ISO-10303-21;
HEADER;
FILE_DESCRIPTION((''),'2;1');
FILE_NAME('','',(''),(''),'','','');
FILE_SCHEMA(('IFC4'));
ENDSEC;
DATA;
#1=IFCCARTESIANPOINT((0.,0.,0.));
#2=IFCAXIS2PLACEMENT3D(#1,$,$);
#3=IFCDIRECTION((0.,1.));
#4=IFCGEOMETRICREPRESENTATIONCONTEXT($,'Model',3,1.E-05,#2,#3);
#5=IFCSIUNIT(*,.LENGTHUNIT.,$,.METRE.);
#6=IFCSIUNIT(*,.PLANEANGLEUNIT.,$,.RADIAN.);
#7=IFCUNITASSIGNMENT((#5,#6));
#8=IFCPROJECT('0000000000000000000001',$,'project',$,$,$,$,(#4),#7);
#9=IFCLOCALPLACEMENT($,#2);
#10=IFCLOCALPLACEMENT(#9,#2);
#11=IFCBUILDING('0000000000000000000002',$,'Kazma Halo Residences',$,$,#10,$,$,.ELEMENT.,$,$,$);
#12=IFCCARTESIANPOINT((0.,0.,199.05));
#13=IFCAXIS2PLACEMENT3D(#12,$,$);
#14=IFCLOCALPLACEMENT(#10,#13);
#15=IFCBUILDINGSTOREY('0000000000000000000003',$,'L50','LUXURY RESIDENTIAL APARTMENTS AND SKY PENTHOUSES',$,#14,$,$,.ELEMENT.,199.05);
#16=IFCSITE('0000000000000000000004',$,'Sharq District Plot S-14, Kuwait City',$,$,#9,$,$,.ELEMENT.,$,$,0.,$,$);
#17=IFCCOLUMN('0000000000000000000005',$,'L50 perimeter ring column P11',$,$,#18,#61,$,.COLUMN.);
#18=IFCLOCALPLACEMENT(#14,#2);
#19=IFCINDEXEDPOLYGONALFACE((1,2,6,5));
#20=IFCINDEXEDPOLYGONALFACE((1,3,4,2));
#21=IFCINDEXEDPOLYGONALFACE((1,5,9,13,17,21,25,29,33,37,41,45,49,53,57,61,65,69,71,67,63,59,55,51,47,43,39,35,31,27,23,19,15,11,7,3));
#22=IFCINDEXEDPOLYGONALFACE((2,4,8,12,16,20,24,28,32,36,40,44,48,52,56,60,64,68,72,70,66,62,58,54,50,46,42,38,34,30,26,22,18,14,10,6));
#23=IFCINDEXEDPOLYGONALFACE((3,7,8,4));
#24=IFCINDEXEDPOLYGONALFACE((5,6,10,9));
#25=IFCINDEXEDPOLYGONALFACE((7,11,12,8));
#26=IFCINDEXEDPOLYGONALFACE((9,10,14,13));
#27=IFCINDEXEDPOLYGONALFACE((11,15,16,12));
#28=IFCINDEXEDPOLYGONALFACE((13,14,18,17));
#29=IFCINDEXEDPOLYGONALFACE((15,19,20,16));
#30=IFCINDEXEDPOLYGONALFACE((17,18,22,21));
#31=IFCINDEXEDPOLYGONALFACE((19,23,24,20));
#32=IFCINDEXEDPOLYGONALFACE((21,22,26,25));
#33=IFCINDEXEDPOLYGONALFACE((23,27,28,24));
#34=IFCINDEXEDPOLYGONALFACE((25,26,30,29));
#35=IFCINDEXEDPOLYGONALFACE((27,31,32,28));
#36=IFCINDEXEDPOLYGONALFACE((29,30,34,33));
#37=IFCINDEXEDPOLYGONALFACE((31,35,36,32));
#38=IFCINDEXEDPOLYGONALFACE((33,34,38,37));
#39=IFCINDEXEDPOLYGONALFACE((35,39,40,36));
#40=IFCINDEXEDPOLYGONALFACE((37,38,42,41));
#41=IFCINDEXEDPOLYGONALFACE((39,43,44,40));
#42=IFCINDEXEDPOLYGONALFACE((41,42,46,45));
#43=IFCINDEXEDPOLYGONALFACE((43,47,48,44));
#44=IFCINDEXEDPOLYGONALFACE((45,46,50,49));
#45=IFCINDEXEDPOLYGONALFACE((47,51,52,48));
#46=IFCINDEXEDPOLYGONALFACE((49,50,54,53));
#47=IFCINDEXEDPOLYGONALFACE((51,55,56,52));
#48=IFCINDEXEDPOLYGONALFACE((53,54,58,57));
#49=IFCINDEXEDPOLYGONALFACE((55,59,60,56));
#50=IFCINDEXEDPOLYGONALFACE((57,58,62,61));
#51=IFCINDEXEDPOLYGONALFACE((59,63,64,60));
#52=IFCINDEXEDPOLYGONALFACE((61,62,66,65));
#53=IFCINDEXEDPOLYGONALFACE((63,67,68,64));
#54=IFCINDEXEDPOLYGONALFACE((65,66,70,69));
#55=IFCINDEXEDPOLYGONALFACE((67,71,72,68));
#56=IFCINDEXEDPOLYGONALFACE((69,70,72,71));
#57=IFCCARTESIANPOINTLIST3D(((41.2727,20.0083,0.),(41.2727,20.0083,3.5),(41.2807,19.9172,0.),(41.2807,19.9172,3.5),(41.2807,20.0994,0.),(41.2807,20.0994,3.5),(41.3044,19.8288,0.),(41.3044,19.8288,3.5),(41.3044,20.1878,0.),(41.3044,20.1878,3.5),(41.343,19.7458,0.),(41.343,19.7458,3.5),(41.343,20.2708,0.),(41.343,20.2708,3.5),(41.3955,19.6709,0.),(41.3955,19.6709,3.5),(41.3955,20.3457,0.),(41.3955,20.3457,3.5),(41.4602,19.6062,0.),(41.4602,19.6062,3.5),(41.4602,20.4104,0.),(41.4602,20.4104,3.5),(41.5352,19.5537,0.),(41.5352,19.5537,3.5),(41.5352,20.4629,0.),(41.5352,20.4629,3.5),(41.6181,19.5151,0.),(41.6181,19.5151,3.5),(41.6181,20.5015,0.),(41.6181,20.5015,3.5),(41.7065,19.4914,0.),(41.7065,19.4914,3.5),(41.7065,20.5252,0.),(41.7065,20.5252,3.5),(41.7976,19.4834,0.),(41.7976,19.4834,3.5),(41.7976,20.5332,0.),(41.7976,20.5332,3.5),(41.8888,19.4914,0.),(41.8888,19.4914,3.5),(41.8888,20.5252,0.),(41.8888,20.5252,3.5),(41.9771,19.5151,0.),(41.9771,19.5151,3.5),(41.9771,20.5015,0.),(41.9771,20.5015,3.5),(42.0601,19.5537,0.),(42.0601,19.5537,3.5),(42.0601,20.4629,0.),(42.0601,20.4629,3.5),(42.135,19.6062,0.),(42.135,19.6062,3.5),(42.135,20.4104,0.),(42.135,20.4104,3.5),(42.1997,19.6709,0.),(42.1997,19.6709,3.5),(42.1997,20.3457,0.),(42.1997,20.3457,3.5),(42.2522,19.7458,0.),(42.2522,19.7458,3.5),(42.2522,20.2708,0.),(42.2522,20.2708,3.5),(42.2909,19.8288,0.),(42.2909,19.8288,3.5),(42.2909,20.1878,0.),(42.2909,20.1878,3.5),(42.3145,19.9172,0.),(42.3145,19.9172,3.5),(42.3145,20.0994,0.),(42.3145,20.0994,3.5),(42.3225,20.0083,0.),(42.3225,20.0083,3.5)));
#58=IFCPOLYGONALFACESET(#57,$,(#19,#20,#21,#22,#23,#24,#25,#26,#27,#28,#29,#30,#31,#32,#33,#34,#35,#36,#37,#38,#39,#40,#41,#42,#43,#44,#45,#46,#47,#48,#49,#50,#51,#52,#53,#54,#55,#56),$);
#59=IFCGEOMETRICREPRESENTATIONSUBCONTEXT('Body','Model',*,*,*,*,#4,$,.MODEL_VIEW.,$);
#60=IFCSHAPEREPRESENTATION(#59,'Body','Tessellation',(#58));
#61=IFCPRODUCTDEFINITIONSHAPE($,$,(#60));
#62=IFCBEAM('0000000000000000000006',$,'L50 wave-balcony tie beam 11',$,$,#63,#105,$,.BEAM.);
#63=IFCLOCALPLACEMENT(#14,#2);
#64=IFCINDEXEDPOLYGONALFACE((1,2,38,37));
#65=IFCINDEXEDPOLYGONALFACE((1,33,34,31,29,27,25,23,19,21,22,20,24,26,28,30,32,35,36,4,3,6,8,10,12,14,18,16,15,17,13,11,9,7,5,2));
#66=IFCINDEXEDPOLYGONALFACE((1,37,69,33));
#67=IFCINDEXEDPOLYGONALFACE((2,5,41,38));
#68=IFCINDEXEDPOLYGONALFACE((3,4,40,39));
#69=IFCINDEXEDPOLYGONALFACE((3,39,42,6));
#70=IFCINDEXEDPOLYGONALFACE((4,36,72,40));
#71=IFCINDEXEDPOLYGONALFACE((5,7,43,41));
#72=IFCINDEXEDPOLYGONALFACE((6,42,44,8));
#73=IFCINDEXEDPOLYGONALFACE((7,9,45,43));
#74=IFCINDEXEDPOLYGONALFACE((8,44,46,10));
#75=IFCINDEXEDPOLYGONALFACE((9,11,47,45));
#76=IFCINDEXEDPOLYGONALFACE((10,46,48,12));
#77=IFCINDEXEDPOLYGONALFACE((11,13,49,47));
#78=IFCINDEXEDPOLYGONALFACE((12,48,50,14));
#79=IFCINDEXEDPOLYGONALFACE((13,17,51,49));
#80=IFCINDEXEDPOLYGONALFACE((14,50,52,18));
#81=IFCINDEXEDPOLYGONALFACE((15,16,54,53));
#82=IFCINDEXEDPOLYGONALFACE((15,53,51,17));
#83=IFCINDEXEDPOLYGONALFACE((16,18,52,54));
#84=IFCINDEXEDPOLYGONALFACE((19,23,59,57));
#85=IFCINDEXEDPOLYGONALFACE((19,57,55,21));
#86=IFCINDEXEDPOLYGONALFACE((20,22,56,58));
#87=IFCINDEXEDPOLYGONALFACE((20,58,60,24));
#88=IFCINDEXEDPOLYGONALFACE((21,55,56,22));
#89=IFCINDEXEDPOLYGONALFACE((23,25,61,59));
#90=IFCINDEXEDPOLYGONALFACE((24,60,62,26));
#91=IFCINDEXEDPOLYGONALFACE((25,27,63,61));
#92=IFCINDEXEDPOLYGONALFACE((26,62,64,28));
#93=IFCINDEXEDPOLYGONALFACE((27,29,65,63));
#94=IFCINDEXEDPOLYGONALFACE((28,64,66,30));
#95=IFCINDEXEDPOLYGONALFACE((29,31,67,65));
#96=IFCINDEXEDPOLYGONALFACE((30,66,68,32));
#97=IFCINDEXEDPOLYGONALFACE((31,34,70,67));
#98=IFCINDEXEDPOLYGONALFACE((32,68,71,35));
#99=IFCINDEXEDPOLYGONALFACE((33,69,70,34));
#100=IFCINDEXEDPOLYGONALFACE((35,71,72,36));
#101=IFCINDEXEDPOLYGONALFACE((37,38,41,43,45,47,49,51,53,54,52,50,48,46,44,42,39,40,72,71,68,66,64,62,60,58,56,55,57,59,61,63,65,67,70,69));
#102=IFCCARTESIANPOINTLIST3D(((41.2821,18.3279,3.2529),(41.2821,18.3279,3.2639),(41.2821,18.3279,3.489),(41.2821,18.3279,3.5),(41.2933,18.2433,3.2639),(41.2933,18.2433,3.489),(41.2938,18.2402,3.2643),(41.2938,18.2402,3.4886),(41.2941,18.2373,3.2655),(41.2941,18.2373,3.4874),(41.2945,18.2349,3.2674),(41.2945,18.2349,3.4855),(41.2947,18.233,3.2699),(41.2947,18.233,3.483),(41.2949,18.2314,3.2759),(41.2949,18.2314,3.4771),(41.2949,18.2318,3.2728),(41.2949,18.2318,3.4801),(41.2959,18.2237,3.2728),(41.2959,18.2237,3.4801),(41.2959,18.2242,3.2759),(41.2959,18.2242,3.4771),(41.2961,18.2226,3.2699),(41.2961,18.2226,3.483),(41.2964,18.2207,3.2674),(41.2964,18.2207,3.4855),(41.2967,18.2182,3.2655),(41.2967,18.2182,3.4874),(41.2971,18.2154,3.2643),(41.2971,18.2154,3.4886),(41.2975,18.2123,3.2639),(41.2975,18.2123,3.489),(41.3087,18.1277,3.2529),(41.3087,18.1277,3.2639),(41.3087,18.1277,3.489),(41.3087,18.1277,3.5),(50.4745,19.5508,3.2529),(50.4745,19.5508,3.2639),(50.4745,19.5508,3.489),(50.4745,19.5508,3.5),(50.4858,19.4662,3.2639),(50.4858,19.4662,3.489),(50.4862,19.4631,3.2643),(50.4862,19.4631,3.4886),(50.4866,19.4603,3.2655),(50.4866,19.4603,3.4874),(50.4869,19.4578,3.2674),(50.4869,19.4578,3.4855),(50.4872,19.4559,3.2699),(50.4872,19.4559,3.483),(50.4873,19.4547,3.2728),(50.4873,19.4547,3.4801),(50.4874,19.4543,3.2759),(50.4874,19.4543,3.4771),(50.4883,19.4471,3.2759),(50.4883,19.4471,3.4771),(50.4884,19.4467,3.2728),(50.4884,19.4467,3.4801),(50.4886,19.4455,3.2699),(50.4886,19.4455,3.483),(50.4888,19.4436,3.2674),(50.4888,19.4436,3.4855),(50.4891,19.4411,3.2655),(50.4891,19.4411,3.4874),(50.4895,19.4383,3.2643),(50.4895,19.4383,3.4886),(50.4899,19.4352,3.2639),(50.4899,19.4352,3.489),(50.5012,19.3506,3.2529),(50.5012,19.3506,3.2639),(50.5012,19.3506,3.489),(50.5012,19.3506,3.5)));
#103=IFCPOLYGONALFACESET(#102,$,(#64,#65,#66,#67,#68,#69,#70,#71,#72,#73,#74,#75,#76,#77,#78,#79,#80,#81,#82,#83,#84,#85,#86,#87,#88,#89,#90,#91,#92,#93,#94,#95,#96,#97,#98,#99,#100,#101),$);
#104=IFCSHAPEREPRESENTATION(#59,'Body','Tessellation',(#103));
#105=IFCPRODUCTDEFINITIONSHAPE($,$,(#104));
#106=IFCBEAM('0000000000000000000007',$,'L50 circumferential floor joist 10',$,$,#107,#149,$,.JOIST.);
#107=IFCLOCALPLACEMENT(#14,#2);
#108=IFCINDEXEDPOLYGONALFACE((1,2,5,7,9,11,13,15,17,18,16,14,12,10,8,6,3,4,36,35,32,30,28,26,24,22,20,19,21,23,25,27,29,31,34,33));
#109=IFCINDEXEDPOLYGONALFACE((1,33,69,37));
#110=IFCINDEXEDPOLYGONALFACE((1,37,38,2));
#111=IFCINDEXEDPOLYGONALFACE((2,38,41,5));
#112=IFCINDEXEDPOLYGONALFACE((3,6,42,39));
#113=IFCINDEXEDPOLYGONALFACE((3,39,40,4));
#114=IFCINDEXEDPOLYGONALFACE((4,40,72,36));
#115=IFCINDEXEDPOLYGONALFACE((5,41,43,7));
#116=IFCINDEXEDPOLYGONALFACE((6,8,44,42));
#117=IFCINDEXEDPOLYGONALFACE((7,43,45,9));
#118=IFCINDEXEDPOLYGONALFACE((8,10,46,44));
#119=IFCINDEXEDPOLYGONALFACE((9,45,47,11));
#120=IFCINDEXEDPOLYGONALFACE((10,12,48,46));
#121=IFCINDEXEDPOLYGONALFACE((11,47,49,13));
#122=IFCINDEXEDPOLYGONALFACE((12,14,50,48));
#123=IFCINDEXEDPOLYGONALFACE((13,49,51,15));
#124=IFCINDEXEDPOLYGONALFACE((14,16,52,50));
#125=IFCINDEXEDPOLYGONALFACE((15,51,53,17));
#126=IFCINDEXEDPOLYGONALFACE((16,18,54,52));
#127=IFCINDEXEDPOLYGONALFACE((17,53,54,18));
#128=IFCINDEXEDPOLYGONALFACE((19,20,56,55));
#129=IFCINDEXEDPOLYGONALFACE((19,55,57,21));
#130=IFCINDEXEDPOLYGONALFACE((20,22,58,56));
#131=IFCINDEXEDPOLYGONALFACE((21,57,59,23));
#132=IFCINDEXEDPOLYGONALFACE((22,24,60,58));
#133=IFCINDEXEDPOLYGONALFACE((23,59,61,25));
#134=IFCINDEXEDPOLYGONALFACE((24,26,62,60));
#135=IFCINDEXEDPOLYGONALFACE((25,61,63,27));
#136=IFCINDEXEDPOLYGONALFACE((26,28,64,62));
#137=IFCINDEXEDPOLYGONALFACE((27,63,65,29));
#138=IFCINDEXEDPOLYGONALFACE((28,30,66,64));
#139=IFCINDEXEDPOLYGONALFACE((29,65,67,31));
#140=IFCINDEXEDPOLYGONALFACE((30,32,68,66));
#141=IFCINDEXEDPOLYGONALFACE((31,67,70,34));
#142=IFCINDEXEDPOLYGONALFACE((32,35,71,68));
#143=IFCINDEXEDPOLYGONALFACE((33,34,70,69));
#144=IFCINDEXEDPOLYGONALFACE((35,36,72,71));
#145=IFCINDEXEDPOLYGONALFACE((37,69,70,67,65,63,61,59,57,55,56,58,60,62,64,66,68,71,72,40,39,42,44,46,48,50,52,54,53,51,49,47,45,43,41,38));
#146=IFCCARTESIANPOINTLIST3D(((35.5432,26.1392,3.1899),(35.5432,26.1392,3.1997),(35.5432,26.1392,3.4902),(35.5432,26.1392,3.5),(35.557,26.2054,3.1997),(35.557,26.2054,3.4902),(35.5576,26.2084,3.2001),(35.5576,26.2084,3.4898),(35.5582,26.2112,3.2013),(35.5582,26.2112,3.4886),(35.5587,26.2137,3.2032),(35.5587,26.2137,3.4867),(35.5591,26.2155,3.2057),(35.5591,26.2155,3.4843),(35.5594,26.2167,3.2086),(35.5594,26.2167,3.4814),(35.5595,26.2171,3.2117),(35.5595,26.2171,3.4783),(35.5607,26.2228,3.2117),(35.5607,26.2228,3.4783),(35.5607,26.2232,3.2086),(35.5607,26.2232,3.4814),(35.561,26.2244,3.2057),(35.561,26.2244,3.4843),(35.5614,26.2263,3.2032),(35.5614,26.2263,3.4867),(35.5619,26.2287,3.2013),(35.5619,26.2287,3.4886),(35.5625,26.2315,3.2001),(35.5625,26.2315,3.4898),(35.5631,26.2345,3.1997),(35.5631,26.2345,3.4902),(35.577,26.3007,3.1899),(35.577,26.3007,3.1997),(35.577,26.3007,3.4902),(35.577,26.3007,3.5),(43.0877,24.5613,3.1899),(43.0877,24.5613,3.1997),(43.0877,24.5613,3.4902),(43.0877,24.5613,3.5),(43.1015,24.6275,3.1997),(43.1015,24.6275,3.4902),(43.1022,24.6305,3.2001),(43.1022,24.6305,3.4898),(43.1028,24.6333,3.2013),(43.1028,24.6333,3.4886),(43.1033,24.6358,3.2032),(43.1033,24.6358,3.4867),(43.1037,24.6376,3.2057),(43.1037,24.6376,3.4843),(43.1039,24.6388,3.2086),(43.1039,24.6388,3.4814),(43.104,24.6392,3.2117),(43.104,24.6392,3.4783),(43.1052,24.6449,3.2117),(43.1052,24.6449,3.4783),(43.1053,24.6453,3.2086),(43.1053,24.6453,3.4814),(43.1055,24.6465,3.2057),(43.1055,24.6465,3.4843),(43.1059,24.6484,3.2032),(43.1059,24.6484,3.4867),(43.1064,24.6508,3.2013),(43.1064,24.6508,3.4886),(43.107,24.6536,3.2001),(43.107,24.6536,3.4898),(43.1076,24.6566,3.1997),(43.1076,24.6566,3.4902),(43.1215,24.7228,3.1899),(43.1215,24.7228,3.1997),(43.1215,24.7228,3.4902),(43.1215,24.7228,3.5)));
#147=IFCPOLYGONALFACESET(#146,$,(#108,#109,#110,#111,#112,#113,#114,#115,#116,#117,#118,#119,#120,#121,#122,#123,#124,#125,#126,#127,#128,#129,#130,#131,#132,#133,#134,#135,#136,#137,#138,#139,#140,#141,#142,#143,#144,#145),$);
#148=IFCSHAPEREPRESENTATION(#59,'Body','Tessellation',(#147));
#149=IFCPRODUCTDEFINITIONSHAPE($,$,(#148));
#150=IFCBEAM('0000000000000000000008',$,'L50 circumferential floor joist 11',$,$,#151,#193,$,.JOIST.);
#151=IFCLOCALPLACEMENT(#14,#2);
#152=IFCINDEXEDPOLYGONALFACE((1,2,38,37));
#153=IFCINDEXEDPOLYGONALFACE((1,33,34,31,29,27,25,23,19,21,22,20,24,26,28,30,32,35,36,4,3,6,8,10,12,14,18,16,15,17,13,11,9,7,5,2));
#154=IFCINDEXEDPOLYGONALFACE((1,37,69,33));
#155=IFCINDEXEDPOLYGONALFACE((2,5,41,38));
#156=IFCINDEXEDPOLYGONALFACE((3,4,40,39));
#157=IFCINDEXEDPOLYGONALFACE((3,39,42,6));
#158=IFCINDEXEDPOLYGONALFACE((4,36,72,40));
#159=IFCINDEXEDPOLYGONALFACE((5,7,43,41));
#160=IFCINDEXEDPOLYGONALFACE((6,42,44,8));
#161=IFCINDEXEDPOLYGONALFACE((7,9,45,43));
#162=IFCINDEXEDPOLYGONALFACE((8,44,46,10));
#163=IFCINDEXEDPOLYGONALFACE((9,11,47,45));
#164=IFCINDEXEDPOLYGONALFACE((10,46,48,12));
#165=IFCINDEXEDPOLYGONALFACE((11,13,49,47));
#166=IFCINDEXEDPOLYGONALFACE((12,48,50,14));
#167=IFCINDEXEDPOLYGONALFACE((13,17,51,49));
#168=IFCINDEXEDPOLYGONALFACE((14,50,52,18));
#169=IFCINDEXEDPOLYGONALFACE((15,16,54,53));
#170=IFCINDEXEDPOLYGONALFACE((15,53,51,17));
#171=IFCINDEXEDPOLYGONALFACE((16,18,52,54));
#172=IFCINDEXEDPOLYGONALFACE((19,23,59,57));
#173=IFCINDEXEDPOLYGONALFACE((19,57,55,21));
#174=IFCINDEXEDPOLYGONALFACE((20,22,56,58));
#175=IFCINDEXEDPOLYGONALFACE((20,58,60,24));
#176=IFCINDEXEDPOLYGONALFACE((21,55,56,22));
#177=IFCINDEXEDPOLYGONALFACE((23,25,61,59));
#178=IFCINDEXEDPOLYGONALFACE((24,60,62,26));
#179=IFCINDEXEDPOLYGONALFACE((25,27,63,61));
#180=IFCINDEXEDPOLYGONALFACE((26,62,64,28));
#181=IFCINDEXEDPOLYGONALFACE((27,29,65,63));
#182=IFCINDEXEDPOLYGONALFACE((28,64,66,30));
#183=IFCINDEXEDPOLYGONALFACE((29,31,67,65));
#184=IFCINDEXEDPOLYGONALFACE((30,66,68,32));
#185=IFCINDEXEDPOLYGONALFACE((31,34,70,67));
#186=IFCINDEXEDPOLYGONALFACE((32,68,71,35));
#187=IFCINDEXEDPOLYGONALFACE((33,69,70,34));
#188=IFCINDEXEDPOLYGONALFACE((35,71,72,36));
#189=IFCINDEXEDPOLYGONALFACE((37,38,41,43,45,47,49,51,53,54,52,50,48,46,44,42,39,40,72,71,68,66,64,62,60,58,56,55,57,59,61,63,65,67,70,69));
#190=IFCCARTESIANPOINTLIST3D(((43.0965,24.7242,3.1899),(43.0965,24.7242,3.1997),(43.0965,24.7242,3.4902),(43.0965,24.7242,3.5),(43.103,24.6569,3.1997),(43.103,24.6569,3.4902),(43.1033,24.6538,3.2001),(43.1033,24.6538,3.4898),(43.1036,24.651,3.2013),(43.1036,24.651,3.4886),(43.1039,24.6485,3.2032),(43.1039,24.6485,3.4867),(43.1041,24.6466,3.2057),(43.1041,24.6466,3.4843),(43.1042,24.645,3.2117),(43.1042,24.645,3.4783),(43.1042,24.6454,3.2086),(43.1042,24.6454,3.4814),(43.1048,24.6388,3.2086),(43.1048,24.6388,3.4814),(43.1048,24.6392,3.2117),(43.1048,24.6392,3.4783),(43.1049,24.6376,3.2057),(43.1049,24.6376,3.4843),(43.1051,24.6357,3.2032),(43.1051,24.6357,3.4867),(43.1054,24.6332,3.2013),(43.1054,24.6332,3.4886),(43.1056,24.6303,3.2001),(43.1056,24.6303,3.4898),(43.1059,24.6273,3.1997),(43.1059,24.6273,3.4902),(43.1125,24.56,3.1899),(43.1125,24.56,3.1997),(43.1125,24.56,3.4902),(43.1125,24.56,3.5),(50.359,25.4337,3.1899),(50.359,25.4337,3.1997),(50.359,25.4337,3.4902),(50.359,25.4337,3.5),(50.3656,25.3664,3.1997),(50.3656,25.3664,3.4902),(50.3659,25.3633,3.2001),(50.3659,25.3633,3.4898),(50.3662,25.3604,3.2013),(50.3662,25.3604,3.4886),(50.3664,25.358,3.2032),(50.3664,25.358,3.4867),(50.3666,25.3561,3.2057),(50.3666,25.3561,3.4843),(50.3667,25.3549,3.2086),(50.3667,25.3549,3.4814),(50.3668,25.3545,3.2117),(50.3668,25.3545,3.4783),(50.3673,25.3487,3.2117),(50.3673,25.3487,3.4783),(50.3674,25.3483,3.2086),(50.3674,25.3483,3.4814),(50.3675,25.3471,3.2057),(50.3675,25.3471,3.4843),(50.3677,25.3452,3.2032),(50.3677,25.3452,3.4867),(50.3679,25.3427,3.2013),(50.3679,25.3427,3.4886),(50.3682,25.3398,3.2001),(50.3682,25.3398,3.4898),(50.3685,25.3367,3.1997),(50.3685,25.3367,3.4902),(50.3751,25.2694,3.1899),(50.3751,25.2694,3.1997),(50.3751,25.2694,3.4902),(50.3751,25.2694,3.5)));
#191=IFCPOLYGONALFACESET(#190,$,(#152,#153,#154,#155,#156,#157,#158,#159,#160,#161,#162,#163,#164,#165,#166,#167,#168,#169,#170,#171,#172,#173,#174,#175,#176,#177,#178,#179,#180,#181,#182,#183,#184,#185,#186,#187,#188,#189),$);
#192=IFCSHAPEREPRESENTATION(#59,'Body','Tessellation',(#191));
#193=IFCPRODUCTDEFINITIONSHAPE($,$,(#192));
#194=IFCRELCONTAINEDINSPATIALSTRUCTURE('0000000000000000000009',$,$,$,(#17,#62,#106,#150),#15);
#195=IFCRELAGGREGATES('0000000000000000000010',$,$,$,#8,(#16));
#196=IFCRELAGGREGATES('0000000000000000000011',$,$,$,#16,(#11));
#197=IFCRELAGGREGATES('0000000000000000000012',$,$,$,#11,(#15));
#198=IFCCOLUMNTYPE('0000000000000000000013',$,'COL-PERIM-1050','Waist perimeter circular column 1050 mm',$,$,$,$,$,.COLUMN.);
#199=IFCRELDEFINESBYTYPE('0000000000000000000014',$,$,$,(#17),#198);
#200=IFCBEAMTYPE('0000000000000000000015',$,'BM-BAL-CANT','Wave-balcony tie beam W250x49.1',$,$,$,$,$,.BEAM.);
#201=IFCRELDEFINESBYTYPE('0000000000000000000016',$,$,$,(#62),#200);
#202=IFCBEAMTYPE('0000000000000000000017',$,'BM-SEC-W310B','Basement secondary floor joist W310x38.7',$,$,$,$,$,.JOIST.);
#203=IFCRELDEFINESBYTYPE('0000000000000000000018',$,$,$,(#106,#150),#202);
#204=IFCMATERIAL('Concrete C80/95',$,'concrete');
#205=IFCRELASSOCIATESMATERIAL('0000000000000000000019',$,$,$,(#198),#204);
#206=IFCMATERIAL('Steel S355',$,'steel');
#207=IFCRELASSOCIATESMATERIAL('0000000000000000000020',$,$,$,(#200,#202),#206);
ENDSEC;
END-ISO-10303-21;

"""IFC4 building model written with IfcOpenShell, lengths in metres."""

from ifc_helpers import new_model, si_unit, direction, frame, origin, origin_2d, place, context, subcontext, project, spatial, circle, i_section, extrude, material, material_profile, profile_set, type_object, element, save


model = new_model("IFC4")

# Units and contexts
model_context = context("Model", 3, precision=1e-05, world=origin(), true_north=direction((0.0, 1.0)))
body_context = subcontext(model_context, "Body", "Model", "MODEL_VIEW")
ifc_project = project(units=[si_unit("LENGTHUNIT", "METRE"), si_unit("PLANEANGLEUNIT", "RADIAN")], contexts=[model_context])

# Site, building, storey
site_placement = place(None, origin())
site = spatial("IfcSite", under=ifc_project, at=site_placement, Name="Sharq District Plot S-14, Kuwait City", CompositionType="ELEMENT", RefElevation=0.0)
building_placement = place(site_placement, origin())
building = spatial("IfcBuilding", under=site, at=building_placement, Name="Kazma Halo Residences", CompositionType="ELEMENT")
storey_placement = place(building_placement, frame((0.0, 0.0, 199.05)))
storey = spatial("IfcBuildingStorey", under=building, at=storey_placement, Name="L50", Description="LUXURY RESIDENTIAL APARTMENTS AND SKY PENTHOUSES", CompositionType="ELEMENT", Elevation=199.05)

# Column
ifc_material_1 = material(Name="Concrete C80/95", Category="concrete")
ifc_material_profile_1 = material_profile(ifc_material_1, circle(Radius=0.5249, at=origin_2d()), Name="CIRC1050")
ifc_profile_set_1 = profile_set([ifc_material_profile_1], Name="Concrete C80/95")
column_type = type_object("IfcColumnType", Name="COL-PERIM-1050", Description="Waist perimeter circular column 1050 mm", PredefinedType="COLUMN", material=ifc_profile_set_1)
column_placement = place(storey_placement, frame((41.7976, 20.0083, 0.0), z_axis=(0.0, 0.0, 1.0), x_axis=(1.0, 0.0, 0.0)))
element("IfcColumn", 1, at=column_placement, inside=storey, type_object=column_type, Name="L50 perimeter ring column P11", PredefinedType="COLUMN", context=body_context, shape_type="SweptSolid", body=[
    extrude(circle(Radius=0.5249, at=origin_2d()), origin(), (0.0, 0.0, 1.0), 3.5),
])

# Beams
ifc_material_2 = material(Name="Steel S355", Category="steel")
ifc_material_profile_2 = material_profile(ifc_material_2, i_section(OverallWidth=0.2019, OverallDepth=0.2471, WebThickness=0.0073, FlangeThickness=0.011, FilletRadius=0.012, at=origin_2d()), Name="W250x49.1")
ifc_profile_set_2 = profile_set([ifc_material_profile_2], Name="Steel S355")
beam_type_1 = type_object("IfcBeamType", Name="BM-BAL-CANT", Description="Wave-balcony tie beam W250x49.1", PredefinedType="BEAM", material=ifc_profile_set_2)
beam_1_placement = place(storey_placement, frame((41.2954, 18.2278, 3.3765), z_axis=(0.991267, 0.131872, 0.0), x_axis=(-0.131872, 0.991267, 0.0)))
element("IfcBeam", 2, at=beam_1_placement, inside=storey, type_object=beam_type_1, Name="L50 wave-balcony tie beam 11", PredefinedType="BEAM", context=body_context, shape_type="SweptSolid", body=[
    extrude(i_section(OverallWidth=0.2019, OverallDepth=0.2471, WebThickness=0.0073, FlangeThickness=0.011, FilletRadius=0.012, at=origin_2d()), origin(), (0.0, 0.0, 1.0), 9.2734),
])
ifc_material_profile_3 = material_profile(ifc_material_2, i_section(OverallWidth=0.165, OverallDepth=0.3101, WebThickness=0.0059, FlangeThickness=0.0098, FilletRadius=0.012, at=origin_2d()), Name="W310x38.7")
ifc_profile_set_3 = profile_set([ifc_material_profile_3], Name="Steel S355")
beam_type_2 = type_object("IfcBeamType", Name="BM-SEC-W310B", Description="Basement secondary floor joist W310x38.7", PredefinedType="JOIST", material=ifc_profile_set_3)
beam_2_placement = place(storey_placement, frame((35.5601, 26.22, 3.345), z_axis=(0.978821, -0.204716, 0.0), x_axis=(0.204716, 0.978821, 0.0)))
element("IfcBeam", 3, at=beam_2_placement, inside=storey, type_object=beam_type_2, Name="L50 circumferential floor joist 10", PredefinedType="JOIST", context=body_context, shape_type="SweptSolid", body=[
    extrude(i_section(OverallWidth=0.165, OverallDepth=0.3101, WebThickness=0.0059, FlangeThickness=0.0098, FilletRadius=0.012, at=origin_2d()), origin(), (0.0, 0.0, 1.0), 7.7078),
])
beam_3_placement = place(storey_placement, frame((43.1045, 24.6421, 3.345), z_axis=(0.995262, 0.097228, 0.0), x_axis=(-0.097228, 0.995262, 0.0)))
element("IfcBeam", 4, at=beam_3_placement, inside=storey, type_object=beam_type_2, Name="L50 circumferential floor joist 11", PredefinedType="JOIST", context=body_context, shape_type="SweptSolid", body=[
    extrude(i_section(OverallWidth=0.165, OverallDepth=0.3101, WebThickness=0.0059, FlangeThickness=0.0098, FilletRadius=0.012, at=origin_2d()), origin(), (0.0, 0.0, 1.0), 7.2971),
])

save(model, "model.ifc")
